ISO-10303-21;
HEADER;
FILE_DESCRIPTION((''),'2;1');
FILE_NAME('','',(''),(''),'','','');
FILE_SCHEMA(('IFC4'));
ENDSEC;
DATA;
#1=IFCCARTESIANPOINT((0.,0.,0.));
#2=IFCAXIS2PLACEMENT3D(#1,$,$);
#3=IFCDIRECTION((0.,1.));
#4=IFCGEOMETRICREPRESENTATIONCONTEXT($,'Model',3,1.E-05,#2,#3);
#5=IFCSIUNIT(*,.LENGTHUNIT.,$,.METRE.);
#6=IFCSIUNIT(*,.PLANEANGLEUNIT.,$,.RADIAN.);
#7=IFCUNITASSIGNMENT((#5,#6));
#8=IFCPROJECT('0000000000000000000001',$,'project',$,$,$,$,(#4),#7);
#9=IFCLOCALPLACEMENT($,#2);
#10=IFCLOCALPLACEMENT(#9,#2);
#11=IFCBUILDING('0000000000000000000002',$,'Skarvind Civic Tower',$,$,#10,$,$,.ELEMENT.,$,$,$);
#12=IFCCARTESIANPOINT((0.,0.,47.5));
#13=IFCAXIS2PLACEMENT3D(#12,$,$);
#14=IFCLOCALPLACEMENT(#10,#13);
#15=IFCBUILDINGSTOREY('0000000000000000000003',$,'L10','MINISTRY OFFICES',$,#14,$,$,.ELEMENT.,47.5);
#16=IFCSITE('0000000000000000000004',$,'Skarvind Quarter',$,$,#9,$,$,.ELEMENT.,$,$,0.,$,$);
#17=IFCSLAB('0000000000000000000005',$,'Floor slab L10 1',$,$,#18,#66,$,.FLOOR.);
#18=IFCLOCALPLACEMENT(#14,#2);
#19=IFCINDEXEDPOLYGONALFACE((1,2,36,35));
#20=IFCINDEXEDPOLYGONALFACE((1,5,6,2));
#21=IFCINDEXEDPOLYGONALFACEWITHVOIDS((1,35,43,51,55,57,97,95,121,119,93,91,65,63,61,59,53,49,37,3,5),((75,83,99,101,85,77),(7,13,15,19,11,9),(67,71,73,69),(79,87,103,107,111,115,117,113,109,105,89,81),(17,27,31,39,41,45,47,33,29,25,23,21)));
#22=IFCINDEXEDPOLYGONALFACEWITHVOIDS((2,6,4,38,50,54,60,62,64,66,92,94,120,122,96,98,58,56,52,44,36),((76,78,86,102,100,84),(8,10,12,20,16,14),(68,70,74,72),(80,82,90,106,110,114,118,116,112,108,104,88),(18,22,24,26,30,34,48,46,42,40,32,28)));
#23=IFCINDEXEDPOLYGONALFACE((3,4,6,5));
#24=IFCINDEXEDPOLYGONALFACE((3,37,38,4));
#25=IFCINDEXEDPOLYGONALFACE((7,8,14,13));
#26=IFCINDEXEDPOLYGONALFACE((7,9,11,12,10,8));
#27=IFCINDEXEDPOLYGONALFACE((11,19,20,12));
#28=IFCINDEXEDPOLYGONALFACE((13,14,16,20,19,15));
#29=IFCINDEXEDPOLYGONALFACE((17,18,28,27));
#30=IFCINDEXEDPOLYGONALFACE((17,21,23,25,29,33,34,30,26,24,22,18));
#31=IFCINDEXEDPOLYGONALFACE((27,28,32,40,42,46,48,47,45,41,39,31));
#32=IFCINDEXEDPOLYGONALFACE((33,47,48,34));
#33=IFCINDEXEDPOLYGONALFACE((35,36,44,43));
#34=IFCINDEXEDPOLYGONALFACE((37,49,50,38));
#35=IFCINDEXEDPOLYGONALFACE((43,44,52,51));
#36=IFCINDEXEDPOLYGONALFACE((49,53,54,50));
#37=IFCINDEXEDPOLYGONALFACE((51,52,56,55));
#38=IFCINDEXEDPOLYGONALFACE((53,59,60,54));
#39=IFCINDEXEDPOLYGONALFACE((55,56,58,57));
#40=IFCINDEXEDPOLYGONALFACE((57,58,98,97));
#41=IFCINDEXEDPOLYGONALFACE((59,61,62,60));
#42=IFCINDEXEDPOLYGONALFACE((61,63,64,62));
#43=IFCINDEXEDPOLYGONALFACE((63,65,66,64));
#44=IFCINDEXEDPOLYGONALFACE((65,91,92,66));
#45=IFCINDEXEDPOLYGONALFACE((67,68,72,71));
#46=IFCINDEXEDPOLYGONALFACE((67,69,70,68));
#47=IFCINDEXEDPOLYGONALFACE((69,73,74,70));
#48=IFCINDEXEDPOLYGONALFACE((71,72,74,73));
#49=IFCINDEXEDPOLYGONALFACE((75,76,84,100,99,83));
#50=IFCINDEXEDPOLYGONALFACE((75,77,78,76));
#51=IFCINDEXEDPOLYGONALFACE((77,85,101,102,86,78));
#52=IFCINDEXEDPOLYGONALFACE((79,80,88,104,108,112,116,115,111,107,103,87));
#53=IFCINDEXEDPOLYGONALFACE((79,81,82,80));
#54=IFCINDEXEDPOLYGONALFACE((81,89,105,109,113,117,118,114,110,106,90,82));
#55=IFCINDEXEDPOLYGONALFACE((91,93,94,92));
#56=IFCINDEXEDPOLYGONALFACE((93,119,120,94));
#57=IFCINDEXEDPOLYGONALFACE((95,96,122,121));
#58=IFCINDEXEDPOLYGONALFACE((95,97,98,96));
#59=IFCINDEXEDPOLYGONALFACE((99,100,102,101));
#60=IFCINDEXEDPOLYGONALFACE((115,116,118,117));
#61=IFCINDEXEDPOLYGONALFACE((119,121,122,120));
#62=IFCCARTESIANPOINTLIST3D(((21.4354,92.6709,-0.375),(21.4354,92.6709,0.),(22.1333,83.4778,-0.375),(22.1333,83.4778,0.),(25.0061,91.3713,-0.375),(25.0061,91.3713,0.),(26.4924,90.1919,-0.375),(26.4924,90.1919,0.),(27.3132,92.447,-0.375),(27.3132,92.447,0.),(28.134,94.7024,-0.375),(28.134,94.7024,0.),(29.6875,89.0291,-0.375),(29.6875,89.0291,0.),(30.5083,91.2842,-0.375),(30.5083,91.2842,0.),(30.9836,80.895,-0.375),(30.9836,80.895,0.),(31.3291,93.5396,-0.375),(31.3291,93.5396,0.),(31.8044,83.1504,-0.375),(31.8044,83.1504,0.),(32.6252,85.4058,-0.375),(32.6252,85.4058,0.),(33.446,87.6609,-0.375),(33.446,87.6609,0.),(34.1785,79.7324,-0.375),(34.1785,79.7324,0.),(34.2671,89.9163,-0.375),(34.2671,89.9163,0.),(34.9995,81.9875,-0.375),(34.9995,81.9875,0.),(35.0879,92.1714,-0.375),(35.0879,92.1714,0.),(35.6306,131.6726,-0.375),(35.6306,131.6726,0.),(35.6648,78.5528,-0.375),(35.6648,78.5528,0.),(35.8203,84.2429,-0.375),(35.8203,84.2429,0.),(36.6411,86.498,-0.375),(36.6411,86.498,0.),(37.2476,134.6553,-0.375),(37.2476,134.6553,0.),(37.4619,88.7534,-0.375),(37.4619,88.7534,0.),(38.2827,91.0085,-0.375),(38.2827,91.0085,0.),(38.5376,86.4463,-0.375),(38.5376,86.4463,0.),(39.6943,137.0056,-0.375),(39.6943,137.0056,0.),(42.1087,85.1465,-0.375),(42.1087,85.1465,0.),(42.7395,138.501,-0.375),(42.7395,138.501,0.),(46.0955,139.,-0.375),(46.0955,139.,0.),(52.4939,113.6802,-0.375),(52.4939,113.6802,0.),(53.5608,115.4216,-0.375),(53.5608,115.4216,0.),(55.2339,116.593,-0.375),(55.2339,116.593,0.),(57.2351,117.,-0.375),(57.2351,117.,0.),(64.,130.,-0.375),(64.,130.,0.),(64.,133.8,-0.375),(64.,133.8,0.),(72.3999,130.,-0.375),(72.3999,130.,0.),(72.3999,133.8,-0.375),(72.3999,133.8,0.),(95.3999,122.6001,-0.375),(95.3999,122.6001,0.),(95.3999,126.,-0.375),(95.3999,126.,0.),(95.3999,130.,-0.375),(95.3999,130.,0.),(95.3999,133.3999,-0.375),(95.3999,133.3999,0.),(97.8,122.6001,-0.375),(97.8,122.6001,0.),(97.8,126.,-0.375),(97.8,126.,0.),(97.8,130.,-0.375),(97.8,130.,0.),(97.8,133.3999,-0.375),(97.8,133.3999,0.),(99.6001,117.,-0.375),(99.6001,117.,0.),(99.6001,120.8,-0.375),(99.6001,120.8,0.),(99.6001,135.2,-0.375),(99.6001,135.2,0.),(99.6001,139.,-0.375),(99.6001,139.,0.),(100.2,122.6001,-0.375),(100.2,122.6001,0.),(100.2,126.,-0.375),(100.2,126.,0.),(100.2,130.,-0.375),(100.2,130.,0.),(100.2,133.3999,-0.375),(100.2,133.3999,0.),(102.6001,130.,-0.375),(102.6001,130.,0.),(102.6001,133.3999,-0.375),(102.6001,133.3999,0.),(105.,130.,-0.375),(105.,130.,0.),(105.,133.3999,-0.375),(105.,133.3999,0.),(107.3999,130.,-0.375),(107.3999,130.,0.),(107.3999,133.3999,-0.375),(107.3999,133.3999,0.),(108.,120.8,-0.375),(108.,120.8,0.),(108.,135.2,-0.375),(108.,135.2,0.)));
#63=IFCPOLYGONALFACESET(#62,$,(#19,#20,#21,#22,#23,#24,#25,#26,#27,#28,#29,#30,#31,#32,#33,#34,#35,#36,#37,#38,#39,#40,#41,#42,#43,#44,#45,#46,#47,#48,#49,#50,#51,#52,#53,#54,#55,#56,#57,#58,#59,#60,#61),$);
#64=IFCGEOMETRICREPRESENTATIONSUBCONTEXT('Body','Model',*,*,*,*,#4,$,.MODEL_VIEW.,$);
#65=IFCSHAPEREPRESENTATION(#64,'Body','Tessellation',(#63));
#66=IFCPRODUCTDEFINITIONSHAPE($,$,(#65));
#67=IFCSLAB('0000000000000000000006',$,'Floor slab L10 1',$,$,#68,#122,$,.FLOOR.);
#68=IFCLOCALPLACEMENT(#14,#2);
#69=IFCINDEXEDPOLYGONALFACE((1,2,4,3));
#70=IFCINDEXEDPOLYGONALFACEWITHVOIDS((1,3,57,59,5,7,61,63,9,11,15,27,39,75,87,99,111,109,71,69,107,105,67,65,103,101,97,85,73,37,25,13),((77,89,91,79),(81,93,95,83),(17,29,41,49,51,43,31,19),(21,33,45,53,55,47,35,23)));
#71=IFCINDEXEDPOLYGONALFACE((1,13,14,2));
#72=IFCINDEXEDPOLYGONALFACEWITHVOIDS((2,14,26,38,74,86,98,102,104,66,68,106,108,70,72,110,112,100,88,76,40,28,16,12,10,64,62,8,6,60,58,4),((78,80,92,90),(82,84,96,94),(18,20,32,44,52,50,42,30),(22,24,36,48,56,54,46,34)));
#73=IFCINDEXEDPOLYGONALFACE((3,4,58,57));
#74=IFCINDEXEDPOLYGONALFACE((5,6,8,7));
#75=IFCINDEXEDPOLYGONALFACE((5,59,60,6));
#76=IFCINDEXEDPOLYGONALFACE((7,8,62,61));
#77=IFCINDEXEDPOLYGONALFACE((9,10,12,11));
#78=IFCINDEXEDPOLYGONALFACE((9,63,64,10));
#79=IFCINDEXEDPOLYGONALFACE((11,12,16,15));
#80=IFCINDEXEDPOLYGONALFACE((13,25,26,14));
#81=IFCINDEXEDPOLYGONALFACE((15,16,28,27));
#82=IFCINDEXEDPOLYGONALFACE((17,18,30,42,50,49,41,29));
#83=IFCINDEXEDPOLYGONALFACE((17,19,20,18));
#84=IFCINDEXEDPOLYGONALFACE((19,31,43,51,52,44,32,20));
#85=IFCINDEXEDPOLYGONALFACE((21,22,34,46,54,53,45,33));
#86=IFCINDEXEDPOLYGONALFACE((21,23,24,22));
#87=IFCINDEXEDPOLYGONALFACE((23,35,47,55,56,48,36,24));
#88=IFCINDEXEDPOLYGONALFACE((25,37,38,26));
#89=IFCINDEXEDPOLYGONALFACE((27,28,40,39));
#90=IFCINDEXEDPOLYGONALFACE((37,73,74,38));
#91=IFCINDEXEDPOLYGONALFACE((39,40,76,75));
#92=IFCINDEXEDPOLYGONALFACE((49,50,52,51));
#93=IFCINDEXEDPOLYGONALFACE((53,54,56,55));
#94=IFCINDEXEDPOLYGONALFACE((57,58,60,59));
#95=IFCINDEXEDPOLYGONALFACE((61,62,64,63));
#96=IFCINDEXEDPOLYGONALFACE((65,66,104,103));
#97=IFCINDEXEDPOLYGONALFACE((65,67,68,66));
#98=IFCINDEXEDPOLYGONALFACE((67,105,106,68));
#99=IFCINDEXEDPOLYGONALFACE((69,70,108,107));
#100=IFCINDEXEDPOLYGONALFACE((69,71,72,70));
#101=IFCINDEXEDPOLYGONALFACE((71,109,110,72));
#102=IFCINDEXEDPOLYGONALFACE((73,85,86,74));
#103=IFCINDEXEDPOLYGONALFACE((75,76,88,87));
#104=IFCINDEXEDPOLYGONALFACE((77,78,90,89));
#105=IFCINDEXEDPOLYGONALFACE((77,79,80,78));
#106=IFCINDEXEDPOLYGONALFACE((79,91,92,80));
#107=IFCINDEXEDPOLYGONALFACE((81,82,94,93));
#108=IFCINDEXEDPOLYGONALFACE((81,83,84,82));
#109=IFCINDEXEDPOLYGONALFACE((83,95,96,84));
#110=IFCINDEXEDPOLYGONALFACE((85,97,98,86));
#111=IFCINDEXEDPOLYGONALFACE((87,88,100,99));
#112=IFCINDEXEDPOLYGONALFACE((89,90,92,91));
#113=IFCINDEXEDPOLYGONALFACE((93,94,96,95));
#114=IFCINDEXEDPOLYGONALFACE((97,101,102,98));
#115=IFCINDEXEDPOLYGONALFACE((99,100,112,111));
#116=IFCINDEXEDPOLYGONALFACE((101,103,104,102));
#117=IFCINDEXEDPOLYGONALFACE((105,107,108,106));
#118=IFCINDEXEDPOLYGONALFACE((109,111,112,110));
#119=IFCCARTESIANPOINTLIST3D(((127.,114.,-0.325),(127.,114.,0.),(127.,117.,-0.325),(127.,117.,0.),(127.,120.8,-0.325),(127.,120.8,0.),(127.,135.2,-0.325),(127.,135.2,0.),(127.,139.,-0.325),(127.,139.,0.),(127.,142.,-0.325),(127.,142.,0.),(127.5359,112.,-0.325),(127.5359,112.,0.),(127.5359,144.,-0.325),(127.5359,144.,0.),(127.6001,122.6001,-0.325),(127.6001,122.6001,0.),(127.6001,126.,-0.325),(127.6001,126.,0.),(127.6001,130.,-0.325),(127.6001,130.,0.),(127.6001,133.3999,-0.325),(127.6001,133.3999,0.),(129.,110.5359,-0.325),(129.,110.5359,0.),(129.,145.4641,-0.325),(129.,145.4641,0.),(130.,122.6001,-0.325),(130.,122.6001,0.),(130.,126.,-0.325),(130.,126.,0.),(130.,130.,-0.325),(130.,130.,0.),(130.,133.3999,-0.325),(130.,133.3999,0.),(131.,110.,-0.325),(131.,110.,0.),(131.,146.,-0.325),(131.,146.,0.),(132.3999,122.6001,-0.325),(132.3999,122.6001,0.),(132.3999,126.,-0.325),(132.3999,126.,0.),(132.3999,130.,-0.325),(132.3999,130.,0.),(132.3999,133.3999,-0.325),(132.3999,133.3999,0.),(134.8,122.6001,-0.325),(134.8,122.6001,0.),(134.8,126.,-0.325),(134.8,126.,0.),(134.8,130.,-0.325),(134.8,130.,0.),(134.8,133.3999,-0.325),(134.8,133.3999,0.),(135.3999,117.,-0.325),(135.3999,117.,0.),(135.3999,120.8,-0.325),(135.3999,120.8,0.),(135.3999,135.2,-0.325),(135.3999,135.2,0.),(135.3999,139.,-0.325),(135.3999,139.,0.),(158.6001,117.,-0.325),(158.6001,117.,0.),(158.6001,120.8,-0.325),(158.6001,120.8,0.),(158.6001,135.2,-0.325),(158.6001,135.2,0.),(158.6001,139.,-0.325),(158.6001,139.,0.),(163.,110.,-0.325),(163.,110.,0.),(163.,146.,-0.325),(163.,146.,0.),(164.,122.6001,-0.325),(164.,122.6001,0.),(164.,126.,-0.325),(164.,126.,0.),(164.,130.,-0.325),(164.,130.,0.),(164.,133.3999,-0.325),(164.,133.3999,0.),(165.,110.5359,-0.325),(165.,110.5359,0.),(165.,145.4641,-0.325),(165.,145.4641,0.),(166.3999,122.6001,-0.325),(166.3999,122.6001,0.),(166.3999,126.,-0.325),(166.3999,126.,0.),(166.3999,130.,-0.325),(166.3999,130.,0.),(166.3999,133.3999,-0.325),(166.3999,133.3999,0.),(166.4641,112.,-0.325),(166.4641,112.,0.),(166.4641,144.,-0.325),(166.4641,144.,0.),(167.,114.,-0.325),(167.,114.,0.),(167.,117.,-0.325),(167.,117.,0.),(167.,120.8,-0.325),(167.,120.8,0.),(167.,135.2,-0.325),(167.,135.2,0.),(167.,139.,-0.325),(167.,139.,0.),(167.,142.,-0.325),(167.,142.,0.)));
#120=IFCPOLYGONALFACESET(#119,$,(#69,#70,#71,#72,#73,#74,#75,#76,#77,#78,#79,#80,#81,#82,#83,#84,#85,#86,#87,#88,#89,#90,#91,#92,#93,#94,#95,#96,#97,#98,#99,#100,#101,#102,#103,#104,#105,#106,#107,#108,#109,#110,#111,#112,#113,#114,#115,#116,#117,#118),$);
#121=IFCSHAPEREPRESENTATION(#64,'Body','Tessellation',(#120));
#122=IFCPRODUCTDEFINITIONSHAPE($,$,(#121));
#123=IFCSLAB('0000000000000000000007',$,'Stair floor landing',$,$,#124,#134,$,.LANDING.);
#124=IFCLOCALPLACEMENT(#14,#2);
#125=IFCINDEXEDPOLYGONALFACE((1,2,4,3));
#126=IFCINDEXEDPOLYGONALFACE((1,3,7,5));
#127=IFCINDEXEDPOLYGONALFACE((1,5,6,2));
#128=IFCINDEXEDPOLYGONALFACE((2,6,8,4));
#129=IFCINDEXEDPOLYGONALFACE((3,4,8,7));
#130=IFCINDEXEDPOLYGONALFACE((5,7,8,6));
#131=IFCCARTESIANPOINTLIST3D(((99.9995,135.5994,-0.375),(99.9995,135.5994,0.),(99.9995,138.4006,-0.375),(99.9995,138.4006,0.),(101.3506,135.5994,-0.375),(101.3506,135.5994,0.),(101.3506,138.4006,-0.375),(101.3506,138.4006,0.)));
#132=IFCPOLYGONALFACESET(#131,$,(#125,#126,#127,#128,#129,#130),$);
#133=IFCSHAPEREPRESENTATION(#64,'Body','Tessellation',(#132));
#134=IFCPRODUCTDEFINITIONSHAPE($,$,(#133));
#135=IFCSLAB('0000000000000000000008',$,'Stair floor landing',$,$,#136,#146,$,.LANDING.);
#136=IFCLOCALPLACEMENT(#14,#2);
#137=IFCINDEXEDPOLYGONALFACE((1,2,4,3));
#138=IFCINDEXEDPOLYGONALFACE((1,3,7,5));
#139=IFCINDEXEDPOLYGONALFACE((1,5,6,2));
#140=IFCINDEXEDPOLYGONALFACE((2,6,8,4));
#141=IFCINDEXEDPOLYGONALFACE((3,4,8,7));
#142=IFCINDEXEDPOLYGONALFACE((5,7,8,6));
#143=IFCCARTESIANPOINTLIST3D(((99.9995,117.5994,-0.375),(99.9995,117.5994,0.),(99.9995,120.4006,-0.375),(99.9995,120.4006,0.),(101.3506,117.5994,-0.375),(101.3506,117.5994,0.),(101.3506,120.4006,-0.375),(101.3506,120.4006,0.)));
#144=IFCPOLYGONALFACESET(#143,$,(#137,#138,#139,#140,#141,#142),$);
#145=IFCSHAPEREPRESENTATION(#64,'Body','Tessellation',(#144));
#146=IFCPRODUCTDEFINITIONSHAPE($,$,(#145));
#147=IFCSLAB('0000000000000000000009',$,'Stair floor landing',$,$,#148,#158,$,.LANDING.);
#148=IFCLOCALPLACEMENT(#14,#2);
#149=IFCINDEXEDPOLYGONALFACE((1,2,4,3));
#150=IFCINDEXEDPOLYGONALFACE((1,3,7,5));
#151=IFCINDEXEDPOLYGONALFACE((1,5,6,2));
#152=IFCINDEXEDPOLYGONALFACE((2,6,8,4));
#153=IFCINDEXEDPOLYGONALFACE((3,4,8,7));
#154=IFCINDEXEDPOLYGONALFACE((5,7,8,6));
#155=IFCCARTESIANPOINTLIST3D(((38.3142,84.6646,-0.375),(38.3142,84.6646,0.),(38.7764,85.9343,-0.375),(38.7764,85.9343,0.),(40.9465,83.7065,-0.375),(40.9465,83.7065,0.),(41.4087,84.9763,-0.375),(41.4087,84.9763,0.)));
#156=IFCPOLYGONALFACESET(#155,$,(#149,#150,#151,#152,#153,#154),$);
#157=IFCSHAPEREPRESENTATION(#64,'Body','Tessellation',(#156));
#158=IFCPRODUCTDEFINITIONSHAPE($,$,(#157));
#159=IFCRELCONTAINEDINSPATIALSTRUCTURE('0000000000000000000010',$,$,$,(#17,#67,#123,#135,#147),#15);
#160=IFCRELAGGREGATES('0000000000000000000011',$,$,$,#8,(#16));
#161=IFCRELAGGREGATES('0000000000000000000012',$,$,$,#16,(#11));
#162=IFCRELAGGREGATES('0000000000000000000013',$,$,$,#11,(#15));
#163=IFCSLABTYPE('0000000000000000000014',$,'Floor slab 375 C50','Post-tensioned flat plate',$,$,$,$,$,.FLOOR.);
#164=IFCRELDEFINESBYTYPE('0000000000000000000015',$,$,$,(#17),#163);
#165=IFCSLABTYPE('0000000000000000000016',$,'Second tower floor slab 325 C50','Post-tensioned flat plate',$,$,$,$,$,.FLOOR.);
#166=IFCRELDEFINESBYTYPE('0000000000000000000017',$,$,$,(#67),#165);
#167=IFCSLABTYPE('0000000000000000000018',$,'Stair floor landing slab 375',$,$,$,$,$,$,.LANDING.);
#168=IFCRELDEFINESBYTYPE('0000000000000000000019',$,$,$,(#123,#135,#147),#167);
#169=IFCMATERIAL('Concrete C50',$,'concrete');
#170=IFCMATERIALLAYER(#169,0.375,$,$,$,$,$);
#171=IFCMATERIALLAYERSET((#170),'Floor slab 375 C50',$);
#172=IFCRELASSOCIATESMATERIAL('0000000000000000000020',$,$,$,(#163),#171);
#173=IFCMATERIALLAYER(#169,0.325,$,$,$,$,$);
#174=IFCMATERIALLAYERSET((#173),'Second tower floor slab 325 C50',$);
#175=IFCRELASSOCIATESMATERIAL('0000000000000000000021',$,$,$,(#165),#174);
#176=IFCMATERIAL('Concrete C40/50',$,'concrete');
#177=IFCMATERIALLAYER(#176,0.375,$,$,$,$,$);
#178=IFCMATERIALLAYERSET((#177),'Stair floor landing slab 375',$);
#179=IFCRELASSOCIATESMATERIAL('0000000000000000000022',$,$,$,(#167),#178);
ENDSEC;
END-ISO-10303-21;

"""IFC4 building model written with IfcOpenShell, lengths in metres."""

from ifc_helpers import new_model, si_unit, direction, frame, origin, place, context, subcontext, project, spatial, polyline, outline, extrude, material, layer, layer_set, type_object, element, save


model = new_model("IFC4")

# Units and contexts
model_context = context("Model", 3, precision=1e-05, world=origin(), true_north=direction((0.0, 1.0)))
body_context = subcontext(model_context, "Body", "Model", "MODEL_VIEW")
ifc_project = project(units=[si_unit("LENGTHUNIT", "METRE"), si_unit("PLANEANGLEUNIT", "RADIAN")], contexts=[model_context])

# Site, building, storey
site_placement = place(None, origin())
site = spatial("IfcSite", under=ifc_project, at=site_placement, Name="Skarvind Quarter", CompositionType="ELEMENT", RefElevation=0.0)
building_placement = place(site_placement, origin())
building = spatial("IfcBuilding", under=site, at=building_placement, Name="Skarvind Civic Tower", CompositionType="ELEMENT")
storey_placement = place(building_placement, frame((0.0, 0.0, 47.5)))
storey = spatial("IfcBuildingStorey", under=building, at=storey_placement, Name="L10", Description="MINISTRY OFFICES", CompositionType="ELEMENT", Elevation=47.5)

# Slabs
ifc_material_1 = material(Name="Concrete C50", Category="concrete")
ifc_layer_1 = layer(ifc_material_1, 0.375)
ifc_layer_set_1 = layer_set([ifc_layer_1], Name="Floor slab 375 C50")
slab_type_1 = type_object("IfcSlabType", Name="Floor slab 375 C50", Description="Post-tensioned flat plate", PredefinedType="FLOOR", material=ifc_layer_set_1)
slab_1_placement = place(storey_placement, frame((0.0, 0.0, -0.375)))
element("IfcSlab", 1, at=slab_1_placement, inside=storey, type_object=slab_type_1, Name="Floor slab L10 1", PredefinedType="FLOOR", context=body_context, shape_type="SweptSolid", body=[
    extrude(outline(polyline([(99.6001, 117.0), (99.6001, 120.8), (108.0, 120.8), (108.0, 135.2), (99.6001, 135.2), (99.6001, 139.0), (46.0955, 139.0), (42.7395, 138.501), (39.6943, 137.0056), (37.2476, 134.6553), (35.6306, 131.6726), (19.4175, 87.1267), (21.4353, 92.6709), (25.0061, 91.3713), (22.1333, 83.4778), (36.8865, 78.1082), (35.6648, 78.5527), (38.5376, 86.4463), (42.1086, 85.1465), (40.0908, 79.6023), (40.0908, 79.6023), (52.4939, 113.6802), (53.5608, 115.4216), (55.2339, 116.593), (57.2351, 117.0), (99.6001, 117.0)]), holes=[polyline([(32.6252, 85.4058), (33.446, 87.6609), (34.2671, 89.9163), (35.0879, 92.1714), (38.2827, 91.0085), (37.4619, 88.7534), (36.6411, 86.498), (35.8203, 84.2429), (35.8203, 84.2429), (34.9995, 81.9875), (34.1785, 79.7324), (30.9836, 80.895), (31.8044, 83.1504), (32.6252, 85.4058), (32.6252, 85.4058)]), polyline([(31.3291, 93.5396), (30.5083, 91.2842), (29.6875, 89.0291), (26.4924, 90.1919), (27.3132, 92.447), (28.134, 94.7024), (31.3291, 93.5396)]), polyline([(64.0, 130.0), (64.0, 133.8), (72.3999, 133.8), (72.3999, 130.0), (64.0, 130.0)]), polyline([(100.2, 126.0), (100.2, 122.6001), (97.8, 122.6001), (95.3999, 122.6001), (95.3999, 126.0), (97.8, 126.0), (100.2, 126.0)]), polyline([(100.2, 133.3999), (102.6001, 133.3999), (105.0, 133.3999), (107.3999, 133.3999), (107.3999, 130.0), (105.0, 130.0), (102.6001, 130.0), (100.2, 130.0), (97.8, 130.0), (95.3999, 130.0), (95.3999, 133.3999), (97.8, 133.3999), (100.2, 133.3999)])]), origin(), (0.0, 0.0, 1.0), 0.375),
])
ifc_layer_2 = layer(ifc_material_1, 0.325)
ifc_layer_set_2 = layer_set([ifc_layer_2], Name="Second tower floor slab 325 C50")
slab_type_2 = type_object("IfcSlabType", Name="Second tower floor slab 325 C50", Description="Post-tensioned flat plate", PredefinedType="FLOOR", material=ifc_layer_set_2)
slab_2_placement = place(storey_placement, frame((0.0, 0.0, -0.325)))
element("IfcSlab", 2, at=slab_2_placement, inside=storey, type_object=slab_type_2, Name="Floor slab L10 1", PredefinedType="FLOOR", context=body_context, shape_type="SweptSolid", body=[
    extrude(outline(polyline([(127.0, 139.0), (135.3999, 139.0), (135.3999, 135.2), (127.0, 135.2), (127.0, 120.8), (135.3999, 120.8), (135.3999, 117.0), (127.0, 117.0), (127.0, 114.0), (127.5359, 112.0), (129.0, 110.5359), (131.0, 110.0), (163.0, 110.0), (165.0, 110.5359), (166.4641, 112.0), (167.0, 114.0), (167.0, 117.0), (158.6001, 117.0), (158.6001, 120.8), (167.0, 120.8), (167.0, 135.2), (158.6001, 135.2), (158.6001, 139.0), (167.0, 139.0), (167.0, 142.0), (166.4641, 144.0), (165.0, 145.4641), (163.0, 146.0), (131.0, 146.0), (129.0, 145.4641), (127.5359, 144.0), (127.0, 142.0), (127.0, 139.0)]), holes=[polyline([(132.3999, 126.0), (134.8, 126.0), (134.8, 122.6001), (132.3999, 122.6001), (130.0, 122.6001), (127.6001, 122.6001), (127.6001, 126.0), (130.0, 126.0), (132.3999, 126.0)]), polyline([(130.0, 133.3999), (132.3999, 133.3999), (134.8, 133.3999), (134.8, 130.0), (132.3999, 130.0), (130.0, 130.0), (127.6001, 130.0), (127.6001, 133.3999), (130.0, 133.3999)]), polyline([(166.3999, 126.0), (166.3999, 122.6001), (164.0, 122.6001), (164.0, 126.0), (166.3999, 126.0)]), polyline([(166.3999, 133.3999), (166.3999, 130.0), (164.0, 130.0), (164.0, 133.3999), (166.3999, 133.3999)])]), origin(), (0.0, 0.0, 1.0), 0.325),
])
ifc_material_2 = material(Name="Concrete C40/50", Category="concrete")
ifc_layer_3 = layer(ifc_material_2, 0.375)
ifc_layer_set_3 = layer_set([ifc_layer_3], Name="Stair floor landing slab 375")
slab_type_3 = type_object("IfcSlabType", Name="Stair floor landing slab 375", PredefinedType="LANDING", material=ifc_layer_set_3)
slab_3_placement = place(storey_placement, frame((0.0, 0.0, -0.375)))
element("IfcSlab", 3, at=slab_3_placement, inside=storey, type_object=slab_type_3, Name="Stair floor landing", PredefinedType="LANDING", context=body_context, shape_type="SweptSolid", body=[
    extrude(outline(polyline([(101.3506, 138.4006), (101.3506, 135.5994), (99.9995, 135.5994), (99.9995, 138.4006), (101.3506, 138.4006)])), origin(), (0.0, 0.0, 1.0), 0.375),
])
slab_4_placement = place(storey_placement, frame((0.0, 0.0, -0.375)))
element("IfcSlab", 4, at=slab_4_placement, inside=storey, type_object=slab_type_3, Name="Stair floor landing", PredefinedType="LANDING", context=body_context, shape_type="SweptSolid", body=[
    extrude(outline(polyline([(101.3506, 120.4006), (101.3506, 117.5994), (99.9995, 117.5994), (99.9995, 120.4006), (101.3506, 120.4006)])), origin(), (0.0, 0.0, 1.0), 0.375),
])
slab_5_placement = place(storey_placement, frame((0.0, 0.0, -0.375)))
element("IfcSlab", 5, at=slab_5_placement, inside=storey, type_object=slab_type_3, Name="Stair floor landing", PredefinedType="LANDING", context=body_context, shape_type="SweptSolid", body=[
    extrude(outline(polyline([(40.9465, 83.7065), (38.3142, 84.6646), (38.7764, 85.9343), (41.4087, 84.9763), (40.9465, 83.7065)])), origin(), (0.0, 0.0, 1.0), 0.375),
])

save(model, "model.ifc")
